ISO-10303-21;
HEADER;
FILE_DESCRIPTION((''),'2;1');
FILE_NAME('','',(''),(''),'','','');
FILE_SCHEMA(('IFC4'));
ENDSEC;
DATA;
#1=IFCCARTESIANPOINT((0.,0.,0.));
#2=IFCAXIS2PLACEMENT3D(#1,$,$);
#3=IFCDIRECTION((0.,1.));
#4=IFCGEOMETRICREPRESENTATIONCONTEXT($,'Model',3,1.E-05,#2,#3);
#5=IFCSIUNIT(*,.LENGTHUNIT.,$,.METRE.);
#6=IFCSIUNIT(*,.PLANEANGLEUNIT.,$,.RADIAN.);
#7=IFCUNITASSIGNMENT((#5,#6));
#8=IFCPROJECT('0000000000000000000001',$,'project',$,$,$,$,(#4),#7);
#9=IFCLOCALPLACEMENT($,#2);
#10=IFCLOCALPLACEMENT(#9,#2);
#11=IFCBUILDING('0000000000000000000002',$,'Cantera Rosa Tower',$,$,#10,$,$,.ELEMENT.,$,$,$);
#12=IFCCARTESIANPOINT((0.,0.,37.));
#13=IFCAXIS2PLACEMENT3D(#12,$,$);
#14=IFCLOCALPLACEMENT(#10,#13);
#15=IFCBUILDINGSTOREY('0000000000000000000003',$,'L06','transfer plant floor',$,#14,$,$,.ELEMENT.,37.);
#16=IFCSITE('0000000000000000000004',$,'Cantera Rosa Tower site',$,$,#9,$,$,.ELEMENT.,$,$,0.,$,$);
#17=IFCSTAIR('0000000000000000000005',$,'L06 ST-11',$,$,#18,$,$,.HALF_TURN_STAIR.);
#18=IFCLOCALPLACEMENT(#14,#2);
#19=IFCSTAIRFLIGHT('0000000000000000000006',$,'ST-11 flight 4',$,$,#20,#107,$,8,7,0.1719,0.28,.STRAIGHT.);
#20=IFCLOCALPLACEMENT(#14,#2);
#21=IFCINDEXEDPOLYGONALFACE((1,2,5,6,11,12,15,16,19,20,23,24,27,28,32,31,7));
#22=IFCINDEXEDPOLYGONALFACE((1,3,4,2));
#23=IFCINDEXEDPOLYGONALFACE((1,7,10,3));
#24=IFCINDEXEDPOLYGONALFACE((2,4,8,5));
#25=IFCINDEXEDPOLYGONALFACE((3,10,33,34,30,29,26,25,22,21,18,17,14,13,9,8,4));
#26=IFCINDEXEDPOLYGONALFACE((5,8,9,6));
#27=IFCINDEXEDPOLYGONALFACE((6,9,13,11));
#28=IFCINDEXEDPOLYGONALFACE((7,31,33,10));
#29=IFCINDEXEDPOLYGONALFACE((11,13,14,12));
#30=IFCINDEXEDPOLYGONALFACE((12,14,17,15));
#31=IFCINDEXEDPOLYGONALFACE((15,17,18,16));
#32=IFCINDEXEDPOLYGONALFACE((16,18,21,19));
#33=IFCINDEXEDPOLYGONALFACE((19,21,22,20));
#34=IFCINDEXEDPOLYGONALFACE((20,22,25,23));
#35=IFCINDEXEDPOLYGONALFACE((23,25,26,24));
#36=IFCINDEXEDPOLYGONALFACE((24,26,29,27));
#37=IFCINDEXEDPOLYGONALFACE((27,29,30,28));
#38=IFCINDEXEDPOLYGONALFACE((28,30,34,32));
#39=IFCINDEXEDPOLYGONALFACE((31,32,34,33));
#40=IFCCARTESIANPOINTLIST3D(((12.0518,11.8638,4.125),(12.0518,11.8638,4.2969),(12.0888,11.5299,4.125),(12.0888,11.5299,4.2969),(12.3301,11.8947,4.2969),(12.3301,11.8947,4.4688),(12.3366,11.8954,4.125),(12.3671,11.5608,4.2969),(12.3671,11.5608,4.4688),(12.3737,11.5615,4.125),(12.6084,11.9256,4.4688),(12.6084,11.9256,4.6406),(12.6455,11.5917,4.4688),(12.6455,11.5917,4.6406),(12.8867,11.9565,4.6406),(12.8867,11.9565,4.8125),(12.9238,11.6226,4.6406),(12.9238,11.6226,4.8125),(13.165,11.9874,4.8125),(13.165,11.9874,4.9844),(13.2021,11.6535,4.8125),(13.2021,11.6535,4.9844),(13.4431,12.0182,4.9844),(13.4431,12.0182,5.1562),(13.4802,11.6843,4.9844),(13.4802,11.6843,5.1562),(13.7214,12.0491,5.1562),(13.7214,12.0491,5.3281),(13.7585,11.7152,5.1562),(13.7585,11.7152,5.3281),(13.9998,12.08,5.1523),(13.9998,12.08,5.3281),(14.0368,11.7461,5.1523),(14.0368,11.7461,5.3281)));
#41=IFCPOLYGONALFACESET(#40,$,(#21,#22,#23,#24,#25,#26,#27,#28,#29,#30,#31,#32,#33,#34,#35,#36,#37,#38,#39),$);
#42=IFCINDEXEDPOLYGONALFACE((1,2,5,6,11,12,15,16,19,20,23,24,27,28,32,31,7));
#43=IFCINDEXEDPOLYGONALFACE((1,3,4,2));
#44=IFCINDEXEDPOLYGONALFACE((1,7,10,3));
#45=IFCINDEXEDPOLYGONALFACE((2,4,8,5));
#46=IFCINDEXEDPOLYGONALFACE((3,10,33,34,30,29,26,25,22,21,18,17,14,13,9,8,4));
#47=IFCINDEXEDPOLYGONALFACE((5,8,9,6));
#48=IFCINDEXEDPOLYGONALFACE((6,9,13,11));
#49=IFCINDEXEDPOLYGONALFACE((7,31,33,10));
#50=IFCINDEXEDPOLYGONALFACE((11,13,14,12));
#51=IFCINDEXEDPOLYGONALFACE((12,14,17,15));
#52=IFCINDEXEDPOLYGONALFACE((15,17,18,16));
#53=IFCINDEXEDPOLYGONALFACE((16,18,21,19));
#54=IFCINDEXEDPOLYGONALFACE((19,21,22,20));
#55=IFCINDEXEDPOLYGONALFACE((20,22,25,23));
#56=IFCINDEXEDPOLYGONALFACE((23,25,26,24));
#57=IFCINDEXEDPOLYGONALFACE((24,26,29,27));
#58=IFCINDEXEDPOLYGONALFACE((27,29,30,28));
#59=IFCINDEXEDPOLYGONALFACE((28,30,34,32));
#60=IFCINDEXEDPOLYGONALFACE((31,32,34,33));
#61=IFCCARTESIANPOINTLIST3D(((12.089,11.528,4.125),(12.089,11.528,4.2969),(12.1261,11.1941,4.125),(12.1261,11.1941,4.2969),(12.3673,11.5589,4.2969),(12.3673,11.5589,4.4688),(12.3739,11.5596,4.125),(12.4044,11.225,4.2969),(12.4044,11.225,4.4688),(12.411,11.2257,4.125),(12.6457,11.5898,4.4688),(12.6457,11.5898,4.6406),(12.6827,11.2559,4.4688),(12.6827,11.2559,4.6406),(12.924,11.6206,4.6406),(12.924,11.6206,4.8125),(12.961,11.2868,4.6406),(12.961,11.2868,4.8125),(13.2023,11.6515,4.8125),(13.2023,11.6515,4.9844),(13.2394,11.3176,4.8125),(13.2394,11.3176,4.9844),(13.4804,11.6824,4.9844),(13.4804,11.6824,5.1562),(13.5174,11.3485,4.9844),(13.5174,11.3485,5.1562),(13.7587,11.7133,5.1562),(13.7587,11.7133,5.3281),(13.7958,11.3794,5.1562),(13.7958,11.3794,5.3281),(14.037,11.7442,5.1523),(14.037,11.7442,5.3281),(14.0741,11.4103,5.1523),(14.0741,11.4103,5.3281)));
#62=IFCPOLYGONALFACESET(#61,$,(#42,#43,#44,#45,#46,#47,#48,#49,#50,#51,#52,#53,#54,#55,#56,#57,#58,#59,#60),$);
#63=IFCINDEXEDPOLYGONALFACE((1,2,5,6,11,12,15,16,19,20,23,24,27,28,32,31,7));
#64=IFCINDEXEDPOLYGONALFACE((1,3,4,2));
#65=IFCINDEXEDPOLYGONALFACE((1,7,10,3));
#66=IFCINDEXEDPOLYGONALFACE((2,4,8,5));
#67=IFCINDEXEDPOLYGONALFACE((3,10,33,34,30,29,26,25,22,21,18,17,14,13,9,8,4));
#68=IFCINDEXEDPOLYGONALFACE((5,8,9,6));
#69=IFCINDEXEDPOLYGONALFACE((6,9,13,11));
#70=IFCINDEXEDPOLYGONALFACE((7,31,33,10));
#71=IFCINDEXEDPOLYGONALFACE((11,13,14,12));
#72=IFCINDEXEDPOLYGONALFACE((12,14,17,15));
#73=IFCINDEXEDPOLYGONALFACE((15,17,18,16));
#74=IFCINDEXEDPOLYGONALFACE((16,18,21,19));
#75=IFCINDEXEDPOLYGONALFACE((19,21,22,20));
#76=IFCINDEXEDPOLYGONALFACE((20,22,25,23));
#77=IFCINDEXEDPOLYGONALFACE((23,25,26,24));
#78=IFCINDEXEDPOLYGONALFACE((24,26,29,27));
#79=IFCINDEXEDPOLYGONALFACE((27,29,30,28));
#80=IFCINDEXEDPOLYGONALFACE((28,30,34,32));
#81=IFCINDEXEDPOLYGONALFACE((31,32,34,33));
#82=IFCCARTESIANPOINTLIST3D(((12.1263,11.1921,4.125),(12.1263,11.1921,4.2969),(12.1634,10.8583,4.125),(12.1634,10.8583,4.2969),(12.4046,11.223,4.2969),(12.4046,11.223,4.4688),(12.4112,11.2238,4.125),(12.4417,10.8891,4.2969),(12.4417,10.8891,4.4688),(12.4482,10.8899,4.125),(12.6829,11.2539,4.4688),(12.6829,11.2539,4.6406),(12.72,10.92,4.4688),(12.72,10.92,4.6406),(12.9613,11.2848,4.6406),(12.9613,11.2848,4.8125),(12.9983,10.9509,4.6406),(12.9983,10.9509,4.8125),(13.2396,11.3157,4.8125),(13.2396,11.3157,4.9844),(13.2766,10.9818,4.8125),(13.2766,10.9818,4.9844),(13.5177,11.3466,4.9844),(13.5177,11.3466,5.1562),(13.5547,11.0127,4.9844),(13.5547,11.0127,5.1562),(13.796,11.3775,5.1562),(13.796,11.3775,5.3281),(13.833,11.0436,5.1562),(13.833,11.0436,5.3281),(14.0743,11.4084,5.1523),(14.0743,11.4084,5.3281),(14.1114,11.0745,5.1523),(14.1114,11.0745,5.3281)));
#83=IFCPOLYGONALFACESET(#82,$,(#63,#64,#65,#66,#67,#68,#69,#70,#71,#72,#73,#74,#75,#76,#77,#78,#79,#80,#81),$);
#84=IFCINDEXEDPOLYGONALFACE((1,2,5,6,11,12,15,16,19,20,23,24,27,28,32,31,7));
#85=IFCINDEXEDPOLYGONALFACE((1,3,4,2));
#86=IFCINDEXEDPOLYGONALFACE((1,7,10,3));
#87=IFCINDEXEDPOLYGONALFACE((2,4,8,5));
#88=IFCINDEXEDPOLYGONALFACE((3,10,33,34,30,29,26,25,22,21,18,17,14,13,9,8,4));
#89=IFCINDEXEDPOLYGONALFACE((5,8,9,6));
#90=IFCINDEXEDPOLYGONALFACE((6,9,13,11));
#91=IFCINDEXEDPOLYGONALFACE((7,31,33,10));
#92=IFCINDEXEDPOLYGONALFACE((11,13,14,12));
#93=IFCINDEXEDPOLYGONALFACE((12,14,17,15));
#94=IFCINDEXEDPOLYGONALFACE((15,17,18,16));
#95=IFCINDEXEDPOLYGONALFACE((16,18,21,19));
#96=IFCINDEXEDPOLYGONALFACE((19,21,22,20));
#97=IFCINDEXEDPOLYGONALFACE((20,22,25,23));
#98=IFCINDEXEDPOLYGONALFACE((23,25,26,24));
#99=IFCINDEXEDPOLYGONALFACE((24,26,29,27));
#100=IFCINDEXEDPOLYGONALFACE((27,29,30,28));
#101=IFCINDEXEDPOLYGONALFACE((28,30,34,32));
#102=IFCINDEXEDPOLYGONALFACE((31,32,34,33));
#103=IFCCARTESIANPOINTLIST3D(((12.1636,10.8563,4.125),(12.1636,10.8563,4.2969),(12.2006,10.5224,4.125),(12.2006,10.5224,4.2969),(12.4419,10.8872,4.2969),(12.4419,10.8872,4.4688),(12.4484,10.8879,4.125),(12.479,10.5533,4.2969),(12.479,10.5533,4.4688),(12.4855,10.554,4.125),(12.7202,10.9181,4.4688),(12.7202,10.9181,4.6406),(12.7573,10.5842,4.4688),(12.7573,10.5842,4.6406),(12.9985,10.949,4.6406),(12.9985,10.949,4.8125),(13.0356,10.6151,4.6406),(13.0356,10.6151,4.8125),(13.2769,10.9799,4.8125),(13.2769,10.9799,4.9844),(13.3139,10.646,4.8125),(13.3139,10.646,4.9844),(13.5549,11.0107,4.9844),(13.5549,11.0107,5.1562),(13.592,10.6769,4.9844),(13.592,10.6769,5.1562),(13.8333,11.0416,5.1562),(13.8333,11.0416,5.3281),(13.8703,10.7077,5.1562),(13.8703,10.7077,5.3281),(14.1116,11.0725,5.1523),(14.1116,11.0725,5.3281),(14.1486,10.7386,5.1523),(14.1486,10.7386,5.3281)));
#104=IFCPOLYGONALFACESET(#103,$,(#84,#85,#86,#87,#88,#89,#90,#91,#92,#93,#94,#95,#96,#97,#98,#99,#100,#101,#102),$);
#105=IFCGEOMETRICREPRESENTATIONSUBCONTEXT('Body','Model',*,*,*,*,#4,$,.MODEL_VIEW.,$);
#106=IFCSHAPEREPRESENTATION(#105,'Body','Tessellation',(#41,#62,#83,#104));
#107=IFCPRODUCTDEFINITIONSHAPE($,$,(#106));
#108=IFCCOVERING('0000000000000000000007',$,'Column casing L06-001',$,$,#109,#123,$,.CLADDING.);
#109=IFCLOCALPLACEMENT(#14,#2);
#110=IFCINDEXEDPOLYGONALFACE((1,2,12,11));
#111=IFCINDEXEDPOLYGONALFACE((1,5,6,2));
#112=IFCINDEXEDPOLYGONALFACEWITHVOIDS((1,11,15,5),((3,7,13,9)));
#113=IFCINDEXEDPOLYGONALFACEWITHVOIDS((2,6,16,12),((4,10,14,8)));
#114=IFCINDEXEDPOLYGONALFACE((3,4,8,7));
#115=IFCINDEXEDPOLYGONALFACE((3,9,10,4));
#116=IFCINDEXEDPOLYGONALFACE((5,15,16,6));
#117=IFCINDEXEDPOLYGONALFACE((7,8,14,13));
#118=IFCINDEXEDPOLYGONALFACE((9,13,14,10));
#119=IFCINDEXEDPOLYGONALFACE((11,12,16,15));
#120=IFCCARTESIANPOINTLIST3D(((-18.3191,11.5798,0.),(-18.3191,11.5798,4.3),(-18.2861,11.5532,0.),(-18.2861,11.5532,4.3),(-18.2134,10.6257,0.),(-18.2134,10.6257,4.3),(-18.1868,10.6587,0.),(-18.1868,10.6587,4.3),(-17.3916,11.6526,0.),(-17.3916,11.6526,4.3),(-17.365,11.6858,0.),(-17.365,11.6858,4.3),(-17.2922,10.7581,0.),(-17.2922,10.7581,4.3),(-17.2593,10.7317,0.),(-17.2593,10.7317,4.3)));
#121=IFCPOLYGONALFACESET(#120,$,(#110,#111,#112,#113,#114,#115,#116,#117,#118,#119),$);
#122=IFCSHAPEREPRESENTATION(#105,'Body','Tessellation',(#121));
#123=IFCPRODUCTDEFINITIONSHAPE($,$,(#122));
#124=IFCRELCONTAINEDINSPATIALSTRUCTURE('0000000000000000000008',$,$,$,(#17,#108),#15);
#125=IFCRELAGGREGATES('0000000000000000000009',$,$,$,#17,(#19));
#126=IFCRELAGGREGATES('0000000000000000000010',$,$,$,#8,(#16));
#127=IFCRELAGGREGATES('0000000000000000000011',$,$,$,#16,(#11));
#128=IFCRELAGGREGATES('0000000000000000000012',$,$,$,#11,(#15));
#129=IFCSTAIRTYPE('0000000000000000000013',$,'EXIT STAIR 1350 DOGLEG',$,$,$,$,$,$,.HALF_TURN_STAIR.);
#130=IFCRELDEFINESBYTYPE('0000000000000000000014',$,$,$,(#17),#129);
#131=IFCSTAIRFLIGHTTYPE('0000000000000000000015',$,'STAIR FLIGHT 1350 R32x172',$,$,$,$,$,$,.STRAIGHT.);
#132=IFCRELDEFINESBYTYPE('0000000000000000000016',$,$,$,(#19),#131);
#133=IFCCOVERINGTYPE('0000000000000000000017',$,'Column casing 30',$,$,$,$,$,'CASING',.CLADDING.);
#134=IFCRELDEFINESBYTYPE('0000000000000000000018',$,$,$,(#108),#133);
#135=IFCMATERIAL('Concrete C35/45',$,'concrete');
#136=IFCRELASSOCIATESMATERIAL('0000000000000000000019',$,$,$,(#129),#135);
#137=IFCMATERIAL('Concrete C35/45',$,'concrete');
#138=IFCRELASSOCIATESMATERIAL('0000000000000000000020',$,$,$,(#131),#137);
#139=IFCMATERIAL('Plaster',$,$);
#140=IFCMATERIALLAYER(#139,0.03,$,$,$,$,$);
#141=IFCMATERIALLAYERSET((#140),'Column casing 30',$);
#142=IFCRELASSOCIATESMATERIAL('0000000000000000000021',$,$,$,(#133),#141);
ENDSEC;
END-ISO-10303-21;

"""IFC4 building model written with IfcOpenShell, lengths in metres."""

from ifc_helpers import new_model, si_unit, direction, frame, origin, place, context, subcontext, project, spatial, polyline, outline, extrude, material, layer, layer_set, type_object, element, aggregate, save


model = new_model("IFC4")

# Units and contexts
model_context = context("Model", 3, precision=1e-05, world=origin(), true_north=direction((0.0, 1.0)))
body_context = subcontext(model_context, "Body", "Model", "MODEL_VIEW")
ifc_project = project(units=[si_unit("LENGTHUNIT", "METRE"), si_unit("PLANEANGLEUNIT", "RADIAN")], contexts=[model_context])

# Site, building, storey
site_placement = place(None, origin())
site = spatial("IfcSite", under=ifc_project, at=site_placement, Name="Cantera Rosa Tower site", CompositionType="ELEMENT", RefElevation=0.0)
building_placement = place(site_placement, origin())
building = spatial("IfcBuilding", under=site, at=building_placement, Name="Cantera Rosa Tower", CompositionType="ELEMENT")
storey_placement = place(building_placement, frame((0.0, 0.0, 37.0)))
storey = spatial("IfcBuildingStorey", under=building, at=storey_placement, Name="L06", Description="transfer plant floor", CompositionType="ELEMENT", Elevation=37.0)

# Shared definitions
ifc_material_1 = material(Name="Concrete C35/45", Category="concrete")
stair_type = type_object("IfcStairType", Name="EXIT STAIR 1350 DOGLEG", PredefinedType="HALF_TURN_STAIR", material=ifc_material_1)

# Stair, stair flight
stair_1_placement = place(storey_placement, origin())
stair_1 = element("IfcStair", 1, at=stair_1_placement, inside=storey, type_object=stair_type, Name="L06 ST-11", PredefinedType="HALF_TURN_STAIR")
ifc_material_2 = material(Name="Concrete C35/45", Category="concrete")
stair_flight_type = type_object("IfcStairFlightType", Name="STAIR FLIGHT 1350 R32x172", PredefinedType="STRAIGHT", material=ifc_material_2)
stair_flight_1_placement = place(storey_placement, frame((12.1262, 11.1929, 4.125), z_axis=(0.0, 0.0, 1.0), x_axis=(0.993897, 0.110313, 0.0)))
stair_flight_1 = element("IfcStairFlight", 2, at=stair_flight_1_placement, type_object=stair_flight_type, Name="ST-11 flight 4", NumberOfRisers=8, NumberOfTreads=7, PredefinedType="STRAIGHT", RiserHeight=0.1719, TreadLength=0.28, context=body_context, shape_type="SweptSolid", body=[
    extrude(outline(polyline([(0.0, 0.0), (0.0, 0.1719), (0.28, 0.1719), (0.28, 0.3438), (0.5601, 0.3438), (0.5601, 0.5156), (0.8401, 0.5156), (0.8401, 0.6875), (1.1201, 0.6875), (1.1201, 0.8594), (1.3999, 0.8594), (1.3999, 1.0312), (1.6799, 1.0312), (1.6799, 1.2031), (1.96, 1.2031), (1.96, 1.375), (1.96, 1.0273), (0.2866, 0.0), (0.0, 0.0)])), frame((0.0, 0.675, 0.0), z_axis=(0.0, -1.0, 0.0), x_axis=(1.0, 0.0, 0.0)), (0.0, 0.0, 1.0), 0.3359),
    extrude(outline(polyline([(0.0, 0.0), (0.0, 0.1719), (0.28, 0.1719), (0.28, 0.3438), (0.5601, 0.3438), (0.5601, 0.5156), (0.8401, 0.5156), (0.8401, 0.6875), (1.1201, 0.6875), (1.1201, 0.8594), (1.3999, 0.8594), (1.3999, 1.0312), (1.6799, 1.0312), (1.6799, 1.2031), (1.96, 1.2031), (1.96, 1.375), (1.96, 1.0273), (0.2866, 0.0), (0.0, 0.0)])), frame((0.0, 0.3372, 0.0), z_axis=(0.0, -1.0, 0.0), x_axis=(1.0, 0.0, 0.0)), (0.0, 0.0, 1.0), 0.3359),
    extrude(outline(polyline([(0.0, 0.0), (0.0, 0.1719), (0.28, 0.1719), (0.28, 0.3438), (0.5601, 0.3438), (0.5601, 0.5156), (0.8401, 0.5156), (0.8401, 0.6875), (1.1201, 0.6875), (1.1201, 0.8594), (1.3999, 0.8594), (1.3999, 1.0312), (1.6799, 1.0312), (1.6799, 1.2031), (1.96, 1.2031), (1.96, 1.375), (1.96, 1.0273), (0.2866, 0.0), (0.0, 0.0)])), frame((0.0, -0.0007, 0.0), z_axis=(0.0, -1.0, 0.0), x_axis=(1.0, 0.0, 0.0)), (0.0, 0.0, 1.0), 0.3359),
    extrude(outline(polyline([(0.0, 0.0), (0.0, 0.1719), (0.28, 0.1719), (0.28, 0.3438), (0.5601, 0.3438), (0.5601, 0.5156), (0.8401, 0.5156), (0.8401, 0.6875), (1.1201, 0.6875), (1.1201, 0.8594), (1.3999, 0.8594), (1.3999, 1.0312), (1.6799, 1.0312), (1.6799, 1.2031), (1.96, 1.2031), (1.96, 1.375), (1.96, 1.0273), (0.2866, 0.0), (0.0, 0.0)])), frame((0.0, -0.3386, 0.0), z_axis=(0.0, -1.0, 0.0), x_axis=(1.0, 0.0, 0.0)), (0.0, 0.0, 1.0), 0.3359),
])
aggregate(stair_1, [stair_flight_1])

# Covering
ifc_material_3 = material(Name="Plaster")
ifc_layer_1 = layer(ifc_material_3, 0.03)
ifc_layer_set_1 = layer_set([ifc_layer_1], Name="Column casing 30")
covering_type = type_object("IfcCoveringType", Name="Column casing 30", ElementType="CASING", PredefinedType="CLADDING", material=ifc_layer_set_1)
covering_placement = place(storey_placement, origin())
element("IfcCovering", 3, at=covering_placement, inside=storey, type_object=covering_type, Name="Column casing L06-001", PredefinedType="CLADDING", context=body_context, shape_type="SweptSolid", body=[
    extrude(outline(polyline([(-18.2134, 10.6257), (-17.2593, 10.7317), (-17.365, 11.6858), (-18.3191, 11.5798), (-18.2134, 10.6257)]), holes=[polyline([(-17.3916, 11.6526), (-18.2861, 11.5532), (-18.1868, 10.6587), (-17.2922, 10.7581), (-17.3916, 11.6526)])]), origin(), (0.0, 0.0, 1.0), 4.3),
])

save(model, "model.ifc")
